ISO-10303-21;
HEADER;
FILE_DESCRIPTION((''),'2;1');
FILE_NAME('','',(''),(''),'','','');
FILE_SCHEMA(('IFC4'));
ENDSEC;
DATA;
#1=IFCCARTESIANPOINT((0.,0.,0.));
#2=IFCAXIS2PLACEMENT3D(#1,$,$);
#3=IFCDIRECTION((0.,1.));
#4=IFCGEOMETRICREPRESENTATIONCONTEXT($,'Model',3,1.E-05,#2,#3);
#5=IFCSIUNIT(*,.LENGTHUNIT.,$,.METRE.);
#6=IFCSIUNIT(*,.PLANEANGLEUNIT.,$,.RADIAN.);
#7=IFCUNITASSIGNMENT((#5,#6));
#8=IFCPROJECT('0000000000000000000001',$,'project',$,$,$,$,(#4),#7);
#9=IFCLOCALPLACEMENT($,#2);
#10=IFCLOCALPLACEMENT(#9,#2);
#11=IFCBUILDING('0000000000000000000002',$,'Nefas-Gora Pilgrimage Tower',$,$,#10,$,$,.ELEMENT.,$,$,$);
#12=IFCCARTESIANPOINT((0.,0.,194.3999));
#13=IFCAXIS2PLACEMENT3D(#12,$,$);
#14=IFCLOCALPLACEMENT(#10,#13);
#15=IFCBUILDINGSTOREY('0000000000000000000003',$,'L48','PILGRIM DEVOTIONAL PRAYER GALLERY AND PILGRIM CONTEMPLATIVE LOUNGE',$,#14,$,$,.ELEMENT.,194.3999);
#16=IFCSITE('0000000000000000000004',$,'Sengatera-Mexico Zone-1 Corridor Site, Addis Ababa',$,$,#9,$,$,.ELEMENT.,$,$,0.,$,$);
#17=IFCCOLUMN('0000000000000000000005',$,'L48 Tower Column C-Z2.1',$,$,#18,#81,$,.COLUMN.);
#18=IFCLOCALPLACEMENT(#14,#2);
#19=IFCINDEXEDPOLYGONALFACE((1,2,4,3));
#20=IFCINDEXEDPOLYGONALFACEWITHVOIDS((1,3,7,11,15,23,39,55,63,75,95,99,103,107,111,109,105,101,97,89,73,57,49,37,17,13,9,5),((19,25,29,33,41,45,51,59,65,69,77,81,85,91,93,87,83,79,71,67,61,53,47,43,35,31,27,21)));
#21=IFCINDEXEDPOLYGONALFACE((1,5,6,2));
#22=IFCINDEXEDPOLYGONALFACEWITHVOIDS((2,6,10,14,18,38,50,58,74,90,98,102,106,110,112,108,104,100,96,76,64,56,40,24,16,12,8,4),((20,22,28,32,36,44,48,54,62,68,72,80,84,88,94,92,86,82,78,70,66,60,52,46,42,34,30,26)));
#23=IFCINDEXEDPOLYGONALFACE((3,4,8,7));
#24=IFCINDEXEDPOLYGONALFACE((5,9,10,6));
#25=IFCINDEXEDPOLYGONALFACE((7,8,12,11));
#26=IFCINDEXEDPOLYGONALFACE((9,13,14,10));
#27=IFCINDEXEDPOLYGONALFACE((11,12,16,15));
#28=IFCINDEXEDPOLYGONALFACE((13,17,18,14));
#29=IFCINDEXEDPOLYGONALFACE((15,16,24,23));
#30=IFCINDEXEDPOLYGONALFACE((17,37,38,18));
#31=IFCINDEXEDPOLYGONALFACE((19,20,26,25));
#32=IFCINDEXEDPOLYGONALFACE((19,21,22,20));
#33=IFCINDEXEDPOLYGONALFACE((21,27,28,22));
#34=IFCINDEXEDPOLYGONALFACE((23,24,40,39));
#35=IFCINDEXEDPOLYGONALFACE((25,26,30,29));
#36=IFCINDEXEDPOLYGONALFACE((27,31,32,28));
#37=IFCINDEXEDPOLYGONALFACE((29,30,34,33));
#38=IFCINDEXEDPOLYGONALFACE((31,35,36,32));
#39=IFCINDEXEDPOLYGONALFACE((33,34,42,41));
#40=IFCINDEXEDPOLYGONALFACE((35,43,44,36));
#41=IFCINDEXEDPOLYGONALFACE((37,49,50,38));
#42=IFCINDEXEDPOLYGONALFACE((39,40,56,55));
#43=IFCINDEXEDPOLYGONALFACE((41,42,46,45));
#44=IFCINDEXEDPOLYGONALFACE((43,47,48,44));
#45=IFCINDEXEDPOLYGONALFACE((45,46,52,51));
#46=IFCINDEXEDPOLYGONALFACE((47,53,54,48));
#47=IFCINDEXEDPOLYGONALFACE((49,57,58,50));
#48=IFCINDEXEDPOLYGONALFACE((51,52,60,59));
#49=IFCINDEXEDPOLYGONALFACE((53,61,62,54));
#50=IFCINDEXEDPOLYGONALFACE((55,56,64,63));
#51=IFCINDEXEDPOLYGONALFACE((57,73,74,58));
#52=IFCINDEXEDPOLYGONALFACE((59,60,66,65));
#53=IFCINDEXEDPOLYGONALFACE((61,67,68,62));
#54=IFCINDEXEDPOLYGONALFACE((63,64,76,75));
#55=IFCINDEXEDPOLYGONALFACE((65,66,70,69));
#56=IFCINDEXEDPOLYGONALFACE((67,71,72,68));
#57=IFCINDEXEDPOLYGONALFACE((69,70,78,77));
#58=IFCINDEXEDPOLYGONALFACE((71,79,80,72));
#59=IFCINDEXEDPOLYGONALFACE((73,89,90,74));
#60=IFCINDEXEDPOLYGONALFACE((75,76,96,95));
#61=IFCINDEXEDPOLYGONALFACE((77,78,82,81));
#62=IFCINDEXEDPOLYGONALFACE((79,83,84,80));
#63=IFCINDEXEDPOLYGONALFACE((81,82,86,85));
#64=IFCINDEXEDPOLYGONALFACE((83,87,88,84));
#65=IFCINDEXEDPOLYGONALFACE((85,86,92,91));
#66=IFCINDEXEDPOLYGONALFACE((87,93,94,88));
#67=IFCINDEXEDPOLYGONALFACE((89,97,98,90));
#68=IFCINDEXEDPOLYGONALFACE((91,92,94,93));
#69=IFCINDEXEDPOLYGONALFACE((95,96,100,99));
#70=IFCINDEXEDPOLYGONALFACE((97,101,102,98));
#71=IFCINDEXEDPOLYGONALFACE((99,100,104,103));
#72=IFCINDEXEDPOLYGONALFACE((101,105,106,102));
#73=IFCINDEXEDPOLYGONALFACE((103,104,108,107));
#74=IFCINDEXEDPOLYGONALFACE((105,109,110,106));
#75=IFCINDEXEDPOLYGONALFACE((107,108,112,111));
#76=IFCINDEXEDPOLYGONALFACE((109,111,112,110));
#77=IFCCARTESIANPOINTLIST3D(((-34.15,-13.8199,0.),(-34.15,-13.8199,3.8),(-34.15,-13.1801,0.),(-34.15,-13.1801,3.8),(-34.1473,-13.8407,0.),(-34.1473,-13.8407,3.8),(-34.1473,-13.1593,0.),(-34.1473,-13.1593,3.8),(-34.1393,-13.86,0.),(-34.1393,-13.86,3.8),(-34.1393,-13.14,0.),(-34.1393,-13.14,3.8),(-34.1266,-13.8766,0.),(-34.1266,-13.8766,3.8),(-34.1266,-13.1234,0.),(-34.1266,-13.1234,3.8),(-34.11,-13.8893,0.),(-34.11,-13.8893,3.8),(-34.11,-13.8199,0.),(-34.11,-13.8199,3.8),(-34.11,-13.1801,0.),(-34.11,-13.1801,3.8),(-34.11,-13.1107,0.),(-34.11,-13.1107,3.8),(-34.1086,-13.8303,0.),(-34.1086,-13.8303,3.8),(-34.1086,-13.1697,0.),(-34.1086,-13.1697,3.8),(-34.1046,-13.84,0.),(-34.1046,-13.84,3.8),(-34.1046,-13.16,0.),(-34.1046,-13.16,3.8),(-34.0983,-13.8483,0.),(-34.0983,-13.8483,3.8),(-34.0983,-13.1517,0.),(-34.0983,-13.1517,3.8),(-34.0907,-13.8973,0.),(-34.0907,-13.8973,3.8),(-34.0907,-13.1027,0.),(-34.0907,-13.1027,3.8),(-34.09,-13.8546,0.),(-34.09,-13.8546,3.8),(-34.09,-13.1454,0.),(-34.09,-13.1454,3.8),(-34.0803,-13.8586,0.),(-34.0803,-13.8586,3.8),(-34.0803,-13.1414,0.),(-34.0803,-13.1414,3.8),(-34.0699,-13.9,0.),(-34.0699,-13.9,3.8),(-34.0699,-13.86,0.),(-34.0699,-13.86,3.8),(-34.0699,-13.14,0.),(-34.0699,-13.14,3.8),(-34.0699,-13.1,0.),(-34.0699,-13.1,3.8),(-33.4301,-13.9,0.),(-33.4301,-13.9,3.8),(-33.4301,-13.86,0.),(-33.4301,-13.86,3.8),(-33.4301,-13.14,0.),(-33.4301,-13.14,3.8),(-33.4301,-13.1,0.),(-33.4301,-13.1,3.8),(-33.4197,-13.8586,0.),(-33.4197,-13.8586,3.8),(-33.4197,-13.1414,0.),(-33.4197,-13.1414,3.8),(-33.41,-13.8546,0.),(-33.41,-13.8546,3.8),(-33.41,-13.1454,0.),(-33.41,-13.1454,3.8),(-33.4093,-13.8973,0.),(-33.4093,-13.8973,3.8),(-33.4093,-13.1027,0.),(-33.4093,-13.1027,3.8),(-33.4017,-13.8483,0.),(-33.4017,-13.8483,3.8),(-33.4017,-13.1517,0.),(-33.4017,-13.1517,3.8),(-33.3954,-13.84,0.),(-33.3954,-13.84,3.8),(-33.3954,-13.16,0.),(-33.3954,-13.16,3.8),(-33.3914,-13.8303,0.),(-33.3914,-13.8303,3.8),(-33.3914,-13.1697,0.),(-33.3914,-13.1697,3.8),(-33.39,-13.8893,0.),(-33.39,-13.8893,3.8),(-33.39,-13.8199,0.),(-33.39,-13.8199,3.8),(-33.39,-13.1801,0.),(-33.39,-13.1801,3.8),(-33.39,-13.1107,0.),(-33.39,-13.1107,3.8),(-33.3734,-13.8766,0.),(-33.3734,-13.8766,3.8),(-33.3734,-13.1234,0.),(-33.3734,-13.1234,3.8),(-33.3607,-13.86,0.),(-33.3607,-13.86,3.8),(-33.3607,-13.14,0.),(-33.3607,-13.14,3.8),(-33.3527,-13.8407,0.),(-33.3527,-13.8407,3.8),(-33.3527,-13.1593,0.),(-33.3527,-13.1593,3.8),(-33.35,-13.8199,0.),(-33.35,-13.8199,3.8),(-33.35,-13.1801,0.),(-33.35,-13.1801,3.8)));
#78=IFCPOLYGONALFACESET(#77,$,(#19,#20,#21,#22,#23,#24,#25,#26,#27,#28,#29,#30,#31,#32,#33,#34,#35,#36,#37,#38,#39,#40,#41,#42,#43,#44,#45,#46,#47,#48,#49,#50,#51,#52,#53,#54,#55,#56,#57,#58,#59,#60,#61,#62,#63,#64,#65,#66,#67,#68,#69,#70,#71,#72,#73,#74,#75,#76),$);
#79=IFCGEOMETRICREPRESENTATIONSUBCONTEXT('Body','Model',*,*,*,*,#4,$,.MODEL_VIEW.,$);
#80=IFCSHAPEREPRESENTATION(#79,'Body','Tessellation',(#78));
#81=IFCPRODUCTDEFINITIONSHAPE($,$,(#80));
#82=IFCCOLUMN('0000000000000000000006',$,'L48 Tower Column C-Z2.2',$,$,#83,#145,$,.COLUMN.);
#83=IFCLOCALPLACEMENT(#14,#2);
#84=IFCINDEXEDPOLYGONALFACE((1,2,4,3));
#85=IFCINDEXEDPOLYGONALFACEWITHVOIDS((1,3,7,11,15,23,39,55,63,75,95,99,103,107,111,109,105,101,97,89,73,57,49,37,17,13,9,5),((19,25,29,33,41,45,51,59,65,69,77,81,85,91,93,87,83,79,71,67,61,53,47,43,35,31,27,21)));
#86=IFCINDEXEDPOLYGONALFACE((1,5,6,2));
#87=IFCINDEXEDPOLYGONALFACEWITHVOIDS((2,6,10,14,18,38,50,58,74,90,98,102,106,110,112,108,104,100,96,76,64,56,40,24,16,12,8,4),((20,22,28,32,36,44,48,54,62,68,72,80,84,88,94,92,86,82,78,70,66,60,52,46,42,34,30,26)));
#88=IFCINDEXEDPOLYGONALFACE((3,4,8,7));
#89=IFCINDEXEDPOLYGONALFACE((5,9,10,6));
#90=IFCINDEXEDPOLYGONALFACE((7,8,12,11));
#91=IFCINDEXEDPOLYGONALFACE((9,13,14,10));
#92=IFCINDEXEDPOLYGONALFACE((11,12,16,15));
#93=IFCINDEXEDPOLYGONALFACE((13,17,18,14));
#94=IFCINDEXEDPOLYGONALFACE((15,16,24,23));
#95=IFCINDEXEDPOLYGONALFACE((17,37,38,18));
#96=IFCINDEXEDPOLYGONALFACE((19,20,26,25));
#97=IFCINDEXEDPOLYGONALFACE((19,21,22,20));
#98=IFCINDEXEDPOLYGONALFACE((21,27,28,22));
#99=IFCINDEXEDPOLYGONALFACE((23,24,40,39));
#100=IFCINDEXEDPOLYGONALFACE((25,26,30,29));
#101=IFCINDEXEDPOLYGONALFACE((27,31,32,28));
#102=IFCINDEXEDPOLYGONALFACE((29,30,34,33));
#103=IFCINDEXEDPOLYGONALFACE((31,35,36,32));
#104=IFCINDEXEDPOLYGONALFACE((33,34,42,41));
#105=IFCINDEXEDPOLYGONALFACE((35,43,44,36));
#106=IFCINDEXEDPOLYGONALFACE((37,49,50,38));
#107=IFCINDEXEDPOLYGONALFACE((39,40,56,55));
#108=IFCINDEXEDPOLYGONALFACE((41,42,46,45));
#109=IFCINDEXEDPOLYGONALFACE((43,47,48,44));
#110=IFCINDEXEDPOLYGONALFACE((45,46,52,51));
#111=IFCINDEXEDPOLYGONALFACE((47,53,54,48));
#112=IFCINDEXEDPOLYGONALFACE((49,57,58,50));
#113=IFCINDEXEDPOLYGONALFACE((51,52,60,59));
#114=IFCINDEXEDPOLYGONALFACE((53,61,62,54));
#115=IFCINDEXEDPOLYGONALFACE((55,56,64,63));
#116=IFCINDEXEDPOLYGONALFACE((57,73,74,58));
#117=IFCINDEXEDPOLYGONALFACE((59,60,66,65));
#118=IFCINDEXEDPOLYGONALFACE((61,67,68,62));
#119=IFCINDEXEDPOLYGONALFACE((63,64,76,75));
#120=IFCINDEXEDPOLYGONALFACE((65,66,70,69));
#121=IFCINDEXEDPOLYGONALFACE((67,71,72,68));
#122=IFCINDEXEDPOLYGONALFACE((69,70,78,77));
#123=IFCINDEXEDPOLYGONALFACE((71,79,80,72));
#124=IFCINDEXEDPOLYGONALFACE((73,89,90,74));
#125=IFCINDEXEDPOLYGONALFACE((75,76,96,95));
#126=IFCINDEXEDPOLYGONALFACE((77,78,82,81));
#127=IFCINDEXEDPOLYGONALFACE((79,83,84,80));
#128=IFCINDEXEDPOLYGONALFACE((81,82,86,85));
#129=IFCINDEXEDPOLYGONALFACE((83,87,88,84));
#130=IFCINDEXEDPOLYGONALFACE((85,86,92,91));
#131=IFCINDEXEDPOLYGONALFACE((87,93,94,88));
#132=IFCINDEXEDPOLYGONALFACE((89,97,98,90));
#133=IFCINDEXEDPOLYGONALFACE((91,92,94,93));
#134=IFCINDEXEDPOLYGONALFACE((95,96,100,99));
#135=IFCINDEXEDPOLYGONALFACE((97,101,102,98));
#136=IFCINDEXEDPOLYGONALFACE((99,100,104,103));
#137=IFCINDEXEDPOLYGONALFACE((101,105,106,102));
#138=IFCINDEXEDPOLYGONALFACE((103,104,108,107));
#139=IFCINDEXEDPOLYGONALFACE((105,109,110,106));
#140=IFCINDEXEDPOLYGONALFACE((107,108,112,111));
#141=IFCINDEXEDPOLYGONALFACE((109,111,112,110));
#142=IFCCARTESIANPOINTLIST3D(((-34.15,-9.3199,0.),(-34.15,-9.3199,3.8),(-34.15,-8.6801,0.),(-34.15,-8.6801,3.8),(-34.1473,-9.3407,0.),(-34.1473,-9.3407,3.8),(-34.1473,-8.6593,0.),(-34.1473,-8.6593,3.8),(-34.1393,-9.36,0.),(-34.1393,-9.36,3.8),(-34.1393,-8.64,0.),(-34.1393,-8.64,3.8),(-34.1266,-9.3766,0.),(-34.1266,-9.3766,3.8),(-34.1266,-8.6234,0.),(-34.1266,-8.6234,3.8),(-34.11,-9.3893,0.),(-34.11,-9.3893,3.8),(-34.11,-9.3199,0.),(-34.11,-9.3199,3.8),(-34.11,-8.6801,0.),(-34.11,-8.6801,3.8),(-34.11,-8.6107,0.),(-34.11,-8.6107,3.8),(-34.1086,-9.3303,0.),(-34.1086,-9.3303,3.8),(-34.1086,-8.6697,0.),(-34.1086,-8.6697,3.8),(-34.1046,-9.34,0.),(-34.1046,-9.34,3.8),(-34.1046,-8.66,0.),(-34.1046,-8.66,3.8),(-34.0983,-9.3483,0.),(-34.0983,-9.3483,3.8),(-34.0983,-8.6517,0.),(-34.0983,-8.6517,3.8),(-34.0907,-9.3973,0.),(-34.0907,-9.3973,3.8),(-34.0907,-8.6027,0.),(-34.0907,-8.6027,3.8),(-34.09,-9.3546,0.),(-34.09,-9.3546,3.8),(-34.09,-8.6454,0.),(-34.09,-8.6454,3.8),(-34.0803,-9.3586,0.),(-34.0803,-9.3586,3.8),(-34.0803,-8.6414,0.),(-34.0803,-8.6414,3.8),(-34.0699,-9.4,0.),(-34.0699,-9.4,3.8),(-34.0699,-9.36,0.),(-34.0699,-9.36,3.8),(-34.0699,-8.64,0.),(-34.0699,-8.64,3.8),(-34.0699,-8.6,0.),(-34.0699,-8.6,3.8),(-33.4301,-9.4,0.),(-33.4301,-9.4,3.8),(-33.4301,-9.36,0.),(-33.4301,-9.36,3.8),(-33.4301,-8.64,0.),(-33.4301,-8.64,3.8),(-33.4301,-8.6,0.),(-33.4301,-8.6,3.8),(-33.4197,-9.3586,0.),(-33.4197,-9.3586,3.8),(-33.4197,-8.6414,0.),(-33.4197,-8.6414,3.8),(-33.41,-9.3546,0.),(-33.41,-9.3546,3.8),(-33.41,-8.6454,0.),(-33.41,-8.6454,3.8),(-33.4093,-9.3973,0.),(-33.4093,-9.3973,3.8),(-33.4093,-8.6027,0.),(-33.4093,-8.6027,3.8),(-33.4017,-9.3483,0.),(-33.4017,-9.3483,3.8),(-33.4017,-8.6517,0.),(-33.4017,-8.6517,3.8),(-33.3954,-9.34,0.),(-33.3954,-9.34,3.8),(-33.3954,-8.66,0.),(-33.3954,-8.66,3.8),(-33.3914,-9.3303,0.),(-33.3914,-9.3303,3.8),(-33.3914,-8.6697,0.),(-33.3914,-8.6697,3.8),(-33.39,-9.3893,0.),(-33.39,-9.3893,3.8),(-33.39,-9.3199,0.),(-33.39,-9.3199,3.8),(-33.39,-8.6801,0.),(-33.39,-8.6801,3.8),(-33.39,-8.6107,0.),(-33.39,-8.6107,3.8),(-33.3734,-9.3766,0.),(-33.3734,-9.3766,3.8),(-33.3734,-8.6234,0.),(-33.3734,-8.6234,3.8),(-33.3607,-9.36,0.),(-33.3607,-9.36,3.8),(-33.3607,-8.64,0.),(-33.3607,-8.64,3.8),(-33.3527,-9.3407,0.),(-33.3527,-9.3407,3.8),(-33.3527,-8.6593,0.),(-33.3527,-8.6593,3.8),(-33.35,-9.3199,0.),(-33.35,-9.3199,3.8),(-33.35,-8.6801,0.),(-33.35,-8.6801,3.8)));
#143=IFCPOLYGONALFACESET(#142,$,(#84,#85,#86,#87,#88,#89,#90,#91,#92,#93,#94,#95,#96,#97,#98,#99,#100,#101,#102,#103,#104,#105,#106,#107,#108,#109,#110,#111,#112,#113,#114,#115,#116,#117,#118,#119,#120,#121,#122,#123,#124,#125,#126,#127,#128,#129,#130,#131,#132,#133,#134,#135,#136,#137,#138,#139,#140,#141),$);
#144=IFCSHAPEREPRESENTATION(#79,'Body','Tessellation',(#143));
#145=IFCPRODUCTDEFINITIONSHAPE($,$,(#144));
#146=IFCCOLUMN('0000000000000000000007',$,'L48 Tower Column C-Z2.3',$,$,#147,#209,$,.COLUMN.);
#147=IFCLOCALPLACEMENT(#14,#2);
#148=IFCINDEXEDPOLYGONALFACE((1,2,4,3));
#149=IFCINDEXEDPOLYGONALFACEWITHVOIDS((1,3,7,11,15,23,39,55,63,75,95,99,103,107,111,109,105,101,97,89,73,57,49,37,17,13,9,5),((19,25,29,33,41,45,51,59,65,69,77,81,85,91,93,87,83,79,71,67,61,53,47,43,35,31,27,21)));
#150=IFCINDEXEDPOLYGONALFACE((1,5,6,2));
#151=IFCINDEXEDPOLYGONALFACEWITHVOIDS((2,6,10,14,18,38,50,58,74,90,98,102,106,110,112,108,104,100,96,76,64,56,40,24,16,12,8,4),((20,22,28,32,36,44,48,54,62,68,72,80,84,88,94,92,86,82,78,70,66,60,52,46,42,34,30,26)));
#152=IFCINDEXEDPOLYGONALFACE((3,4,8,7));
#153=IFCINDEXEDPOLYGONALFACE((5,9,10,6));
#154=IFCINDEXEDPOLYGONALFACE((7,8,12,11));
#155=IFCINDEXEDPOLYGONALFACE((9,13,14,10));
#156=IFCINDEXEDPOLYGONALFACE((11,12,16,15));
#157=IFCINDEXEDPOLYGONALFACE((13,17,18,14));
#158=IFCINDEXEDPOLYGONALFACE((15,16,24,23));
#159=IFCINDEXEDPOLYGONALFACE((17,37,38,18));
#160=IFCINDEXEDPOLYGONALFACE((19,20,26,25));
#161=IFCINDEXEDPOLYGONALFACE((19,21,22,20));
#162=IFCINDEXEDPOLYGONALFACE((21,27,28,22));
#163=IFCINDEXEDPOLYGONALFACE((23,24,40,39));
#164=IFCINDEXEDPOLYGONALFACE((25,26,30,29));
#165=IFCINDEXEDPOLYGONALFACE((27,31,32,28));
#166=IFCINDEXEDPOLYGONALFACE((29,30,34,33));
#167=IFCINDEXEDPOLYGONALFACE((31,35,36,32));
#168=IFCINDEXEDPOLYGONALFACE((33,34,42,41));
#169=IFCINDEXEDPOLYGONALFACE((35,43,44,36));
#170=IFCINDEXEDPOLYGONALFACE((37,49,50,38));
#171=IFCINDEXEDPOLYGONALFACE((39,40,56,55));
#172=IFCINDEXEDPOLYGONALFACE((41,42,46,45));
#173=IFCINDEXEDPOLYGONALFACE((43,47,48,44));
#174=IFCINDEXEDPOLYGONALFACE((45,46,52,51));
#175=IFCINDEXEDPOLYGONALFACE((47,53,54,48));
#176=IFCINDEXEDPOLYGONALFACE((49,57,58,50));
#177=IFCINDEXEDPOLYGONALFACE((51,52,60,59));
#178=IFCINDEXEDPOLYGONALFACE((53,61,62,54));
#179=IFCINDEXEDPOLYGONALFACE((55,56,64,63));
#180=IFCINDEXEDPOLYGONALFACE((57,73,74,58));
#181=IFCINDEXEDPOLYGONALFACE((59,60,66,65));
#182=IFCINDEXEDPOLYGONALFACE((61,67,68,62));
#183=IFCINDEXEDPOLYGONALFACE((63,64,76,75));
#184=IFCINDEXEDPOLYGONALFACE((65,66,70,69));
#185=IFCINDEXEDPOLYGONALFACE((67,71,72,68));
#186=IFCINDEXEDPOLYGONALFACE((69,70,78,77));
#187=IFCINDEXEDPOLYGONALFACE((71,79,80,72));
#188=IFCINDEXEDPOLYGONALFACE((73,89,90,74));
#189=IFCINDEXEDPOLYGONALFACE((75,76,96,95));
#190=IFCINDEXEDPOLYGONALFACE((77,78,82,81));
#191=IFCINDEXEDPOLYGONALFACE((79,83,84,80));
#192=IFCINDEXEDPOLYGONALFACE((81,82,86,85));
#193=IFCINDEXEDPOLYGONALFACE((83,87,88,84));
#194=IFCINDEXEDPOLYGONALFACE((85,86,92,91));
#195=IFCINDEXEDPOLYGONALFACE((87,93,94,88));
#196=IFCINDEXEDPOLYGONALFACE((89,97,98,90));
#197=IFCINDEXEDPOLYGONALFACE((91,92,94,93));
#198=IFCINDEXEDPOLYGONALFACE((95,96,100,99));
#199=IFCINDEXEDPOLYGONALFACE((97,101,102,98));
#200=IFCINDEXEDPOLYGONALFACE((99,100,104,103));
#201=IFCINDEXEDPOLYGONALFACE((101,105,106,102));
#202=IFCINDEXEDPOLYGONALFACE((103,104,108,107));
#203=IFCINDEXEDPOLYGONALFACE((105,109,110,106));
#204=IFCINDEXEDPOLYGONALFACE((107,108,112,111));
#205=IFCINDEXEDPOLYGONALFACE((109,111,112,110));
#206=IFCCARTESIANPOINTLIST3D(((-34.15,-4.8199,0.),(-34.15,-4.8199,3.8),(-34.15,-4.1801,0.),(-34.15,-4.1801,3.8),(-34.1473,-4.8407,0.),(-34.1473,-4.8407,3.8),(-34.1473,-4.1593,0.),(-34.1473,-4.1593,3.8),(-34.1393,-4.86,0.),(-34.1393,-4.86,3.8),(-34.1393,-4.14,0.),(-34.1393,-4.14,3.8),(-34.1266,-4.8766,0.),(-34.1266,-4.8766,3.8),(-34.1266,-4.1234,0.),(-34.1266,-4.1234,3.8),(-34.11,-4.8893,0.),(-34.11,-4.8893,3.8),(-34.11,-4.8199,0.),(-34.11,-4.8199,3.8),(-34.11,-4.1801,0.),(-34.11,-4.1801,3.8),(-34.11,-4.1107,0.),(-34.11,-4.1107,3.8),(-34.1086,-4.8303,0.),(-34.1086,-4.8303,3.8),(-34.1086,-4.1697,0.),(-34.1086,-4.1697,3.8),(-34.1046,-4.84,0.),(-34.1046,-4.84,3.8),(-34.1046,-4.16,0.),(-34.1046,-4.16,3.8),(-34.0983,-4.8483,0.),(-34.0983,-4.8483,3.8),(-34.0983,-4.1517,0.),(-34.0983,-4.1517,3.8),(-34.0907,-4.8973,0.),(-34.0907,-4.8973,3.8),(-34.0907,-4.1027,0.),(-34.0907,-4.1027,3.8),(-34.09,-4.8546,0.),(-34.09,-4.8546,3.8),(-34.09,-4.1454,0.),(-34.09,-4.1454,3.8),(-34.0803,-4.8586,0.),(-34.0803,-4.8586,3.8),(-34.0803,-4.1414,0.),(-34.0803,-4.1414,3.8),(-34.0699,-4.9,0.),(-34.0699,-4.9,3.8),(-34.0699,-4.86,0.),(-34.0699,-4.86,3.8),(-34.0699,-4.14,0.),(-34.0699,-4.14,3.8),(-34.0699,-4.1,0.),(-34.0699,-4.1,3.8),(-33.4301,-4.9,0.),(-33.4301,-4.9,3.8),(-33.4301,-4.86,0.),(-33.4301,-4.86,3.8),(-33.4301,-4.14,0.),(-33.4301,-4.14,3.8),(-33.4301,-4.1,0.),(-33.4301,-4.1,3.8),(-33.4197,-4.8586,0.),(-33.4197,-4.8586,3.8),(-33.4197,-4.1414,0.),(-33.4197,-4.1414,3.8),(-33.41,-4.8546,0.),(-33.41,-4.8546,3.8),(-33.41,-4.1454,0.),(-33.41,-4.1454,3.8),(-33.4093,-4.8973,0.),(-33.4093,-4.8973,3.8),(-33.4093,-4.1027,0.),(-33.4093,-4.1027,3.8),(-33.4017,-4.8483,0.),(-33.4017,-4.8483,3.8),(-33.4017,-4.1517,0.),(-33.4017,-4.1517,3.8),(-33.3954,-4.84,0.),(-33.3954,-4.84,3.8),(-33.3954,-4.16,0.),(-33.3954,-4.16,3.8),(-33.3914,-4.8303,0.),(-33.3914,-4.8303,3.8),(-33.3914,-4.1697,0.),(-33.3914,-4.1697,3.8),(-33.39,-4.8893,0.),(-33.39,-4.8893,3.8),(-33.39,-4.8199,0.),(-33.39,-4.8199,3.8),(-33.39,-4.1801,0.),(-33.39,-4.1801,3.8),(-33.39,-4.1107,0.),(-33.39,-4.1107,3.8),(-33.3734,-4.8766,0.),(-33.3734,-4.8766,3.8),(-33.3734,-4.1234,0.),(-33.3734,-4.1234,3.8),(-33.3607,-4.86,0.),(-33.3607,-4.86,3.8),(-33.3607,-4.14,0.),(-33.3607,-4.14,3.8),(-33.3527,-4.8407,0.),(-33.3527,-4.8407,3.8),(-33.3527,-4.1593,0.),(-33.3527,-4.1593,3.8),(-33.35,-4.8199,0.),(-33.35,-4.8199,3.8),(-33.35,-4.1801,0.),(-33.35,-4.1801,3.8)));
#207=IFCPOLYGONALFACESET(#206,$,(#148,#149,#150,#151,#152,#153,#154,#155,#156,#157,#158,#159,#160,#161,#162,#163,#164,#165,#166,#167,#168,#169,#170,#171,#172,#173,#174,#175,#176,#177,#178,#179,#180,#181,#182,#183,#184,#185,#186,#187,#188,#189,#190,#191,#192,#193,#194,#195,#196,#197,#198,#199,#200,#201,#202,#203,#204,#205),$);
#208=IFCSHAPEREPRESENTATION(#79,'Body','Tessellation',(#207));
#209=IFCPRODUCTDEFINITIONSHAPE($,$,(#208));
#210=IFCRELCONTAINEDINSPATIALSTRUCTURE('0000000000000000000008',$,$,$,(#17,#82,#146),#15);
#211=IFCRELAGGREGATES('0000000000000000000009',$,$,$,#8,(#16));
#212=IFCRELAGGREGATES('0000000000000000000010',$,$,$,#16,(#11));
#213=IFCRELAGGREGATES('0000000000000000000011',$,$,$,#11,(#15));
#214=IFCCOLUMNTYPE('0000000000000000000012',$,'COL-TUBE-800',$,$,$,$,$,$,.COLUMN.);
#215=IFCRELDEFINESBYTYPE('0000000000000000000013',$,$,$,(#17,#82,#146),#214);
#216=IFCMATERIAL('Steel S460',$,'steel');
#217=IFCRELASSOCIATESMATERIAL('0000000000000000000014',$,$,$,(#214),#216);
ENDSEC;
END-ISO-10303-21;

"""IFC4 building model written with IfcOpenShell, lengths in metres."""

from ifc_helpers import new_model, si_unit, direction, frame, origin, origin_2d, place, context, subcontext, project, spatial, hollow_rectangle, extrude, source, transform, mapped, material, material_profile, profile_set, type_object, element, save


model = new_model("IFC4")

# Units and contexts
model_context = context("Model", 3, precision=1e-05, world=origin(), true_north=direction((0.0, 1.0)))
body_context = subcontext(model_context, "Body", "Model", "MODEL_VIEW")
ifc_project = project(units=[si_unit("LENGTHUNIT", "METRE"), si_unit("PLANEANGLEUNIT", "RADIAN")], contexts=[model_context])

# Site, building, storey
site_placement = place(None, origin())
site = spatial("IfcSite", under=ifc_project, at=site_placement, Name="Sengatera-Mexico Zone-1 Corridor Site, Addis Ababa", CompositionType="ELEMENT", RefElevation=0.0)
building_placement = place(site_placement, origin())
building = spatial("IfcBuilding", under=site, at=building_placement, Name="Nefas-Gora Pilgrimage Tower", CompositionType="ELEMENT")
storey_placement = place(building_placement, frame((0.0, 0.0, 194.3999)))
storey = spatial("IfcBuildingStorey", under=building, at=storey_placement, Name="L48", Description="PILGRIM DEVOTIONAL PRAYER GALLERY AND PILGRIM CONTEMPLATIVE LOUNGE", CompositionType="ELEMENT", Elevation=194.3999)

# Columns
ifc_material_1 = material(Name="Steel S460", Category="steel")
ifc_material_profile_1 = material_profile(ifc_material_1, hollow_rectangle(XDim=0.8, YDim=0.8, WallThickness=0.04, InnerFilletRadius=0.04, OuterFilletRadius=0.0801, at=origin_2d()), Name="BOX 800x800x40")
ifc_profile_set_1 = profile_set([ifc_material_profile_1], Name="Steel S460")
column_type = type_object("IfcColumnType", Name="COL-TUBE-800", PredefinedType="COLUMN", material=ifc_profile_set_1)
shared_shape_1 = source(origin(), body_context, "Body", "SweptSolid", [
    extrude(hollow_rectangle(XDim=0.8, YDim=0.8, WallThickness=0.04, InnerFilletRadius=0.04, OuterFilletRadius=0.0801, at=origin_2d()), origin(), (0.0, 0.0, 1.0), 3.8),
])
for number, where, z_axis, x_axis, name in (
    (1, (-33.75, -13.5, 0.0), (0.0, 0.0, 1.0), (1.0, 0.0, 0.0), "L48 Tower Column C-Z2.1"),
    (2, (-33.75, -9.0, 0.0), (0.0, 0.0, 1.0), (1.0, 0.0, 0.0), "L48 Tower Column C-Z2.2"),
    (3, (-33.75, -4.5, 0.0), (0.0, 0.0, 1.0), (1.0, 0.0, 0.0), "L48 Tower Column C-Z2.3"),
):
    element("IfcColumn", number, at=place(storey_placement, frame(where, z_axis=z_axis, x_axis=x_axis)), inside=storey, type_object=column_type, Name=name, PredefinedType="COLUMN", context=body_context, shape_type="MappedRepresentation", body=[
        mapped(shared_shape_1, transform((0.0, 0.0, 0.0), x_axis=(1.0, 0.0, 0.0), y_axis=(0.0, 1.0, 0.0), z_axis=(0.0, 0.0, 1.0), scale=1.0)),
    ])

save(model, "model.ifc")
